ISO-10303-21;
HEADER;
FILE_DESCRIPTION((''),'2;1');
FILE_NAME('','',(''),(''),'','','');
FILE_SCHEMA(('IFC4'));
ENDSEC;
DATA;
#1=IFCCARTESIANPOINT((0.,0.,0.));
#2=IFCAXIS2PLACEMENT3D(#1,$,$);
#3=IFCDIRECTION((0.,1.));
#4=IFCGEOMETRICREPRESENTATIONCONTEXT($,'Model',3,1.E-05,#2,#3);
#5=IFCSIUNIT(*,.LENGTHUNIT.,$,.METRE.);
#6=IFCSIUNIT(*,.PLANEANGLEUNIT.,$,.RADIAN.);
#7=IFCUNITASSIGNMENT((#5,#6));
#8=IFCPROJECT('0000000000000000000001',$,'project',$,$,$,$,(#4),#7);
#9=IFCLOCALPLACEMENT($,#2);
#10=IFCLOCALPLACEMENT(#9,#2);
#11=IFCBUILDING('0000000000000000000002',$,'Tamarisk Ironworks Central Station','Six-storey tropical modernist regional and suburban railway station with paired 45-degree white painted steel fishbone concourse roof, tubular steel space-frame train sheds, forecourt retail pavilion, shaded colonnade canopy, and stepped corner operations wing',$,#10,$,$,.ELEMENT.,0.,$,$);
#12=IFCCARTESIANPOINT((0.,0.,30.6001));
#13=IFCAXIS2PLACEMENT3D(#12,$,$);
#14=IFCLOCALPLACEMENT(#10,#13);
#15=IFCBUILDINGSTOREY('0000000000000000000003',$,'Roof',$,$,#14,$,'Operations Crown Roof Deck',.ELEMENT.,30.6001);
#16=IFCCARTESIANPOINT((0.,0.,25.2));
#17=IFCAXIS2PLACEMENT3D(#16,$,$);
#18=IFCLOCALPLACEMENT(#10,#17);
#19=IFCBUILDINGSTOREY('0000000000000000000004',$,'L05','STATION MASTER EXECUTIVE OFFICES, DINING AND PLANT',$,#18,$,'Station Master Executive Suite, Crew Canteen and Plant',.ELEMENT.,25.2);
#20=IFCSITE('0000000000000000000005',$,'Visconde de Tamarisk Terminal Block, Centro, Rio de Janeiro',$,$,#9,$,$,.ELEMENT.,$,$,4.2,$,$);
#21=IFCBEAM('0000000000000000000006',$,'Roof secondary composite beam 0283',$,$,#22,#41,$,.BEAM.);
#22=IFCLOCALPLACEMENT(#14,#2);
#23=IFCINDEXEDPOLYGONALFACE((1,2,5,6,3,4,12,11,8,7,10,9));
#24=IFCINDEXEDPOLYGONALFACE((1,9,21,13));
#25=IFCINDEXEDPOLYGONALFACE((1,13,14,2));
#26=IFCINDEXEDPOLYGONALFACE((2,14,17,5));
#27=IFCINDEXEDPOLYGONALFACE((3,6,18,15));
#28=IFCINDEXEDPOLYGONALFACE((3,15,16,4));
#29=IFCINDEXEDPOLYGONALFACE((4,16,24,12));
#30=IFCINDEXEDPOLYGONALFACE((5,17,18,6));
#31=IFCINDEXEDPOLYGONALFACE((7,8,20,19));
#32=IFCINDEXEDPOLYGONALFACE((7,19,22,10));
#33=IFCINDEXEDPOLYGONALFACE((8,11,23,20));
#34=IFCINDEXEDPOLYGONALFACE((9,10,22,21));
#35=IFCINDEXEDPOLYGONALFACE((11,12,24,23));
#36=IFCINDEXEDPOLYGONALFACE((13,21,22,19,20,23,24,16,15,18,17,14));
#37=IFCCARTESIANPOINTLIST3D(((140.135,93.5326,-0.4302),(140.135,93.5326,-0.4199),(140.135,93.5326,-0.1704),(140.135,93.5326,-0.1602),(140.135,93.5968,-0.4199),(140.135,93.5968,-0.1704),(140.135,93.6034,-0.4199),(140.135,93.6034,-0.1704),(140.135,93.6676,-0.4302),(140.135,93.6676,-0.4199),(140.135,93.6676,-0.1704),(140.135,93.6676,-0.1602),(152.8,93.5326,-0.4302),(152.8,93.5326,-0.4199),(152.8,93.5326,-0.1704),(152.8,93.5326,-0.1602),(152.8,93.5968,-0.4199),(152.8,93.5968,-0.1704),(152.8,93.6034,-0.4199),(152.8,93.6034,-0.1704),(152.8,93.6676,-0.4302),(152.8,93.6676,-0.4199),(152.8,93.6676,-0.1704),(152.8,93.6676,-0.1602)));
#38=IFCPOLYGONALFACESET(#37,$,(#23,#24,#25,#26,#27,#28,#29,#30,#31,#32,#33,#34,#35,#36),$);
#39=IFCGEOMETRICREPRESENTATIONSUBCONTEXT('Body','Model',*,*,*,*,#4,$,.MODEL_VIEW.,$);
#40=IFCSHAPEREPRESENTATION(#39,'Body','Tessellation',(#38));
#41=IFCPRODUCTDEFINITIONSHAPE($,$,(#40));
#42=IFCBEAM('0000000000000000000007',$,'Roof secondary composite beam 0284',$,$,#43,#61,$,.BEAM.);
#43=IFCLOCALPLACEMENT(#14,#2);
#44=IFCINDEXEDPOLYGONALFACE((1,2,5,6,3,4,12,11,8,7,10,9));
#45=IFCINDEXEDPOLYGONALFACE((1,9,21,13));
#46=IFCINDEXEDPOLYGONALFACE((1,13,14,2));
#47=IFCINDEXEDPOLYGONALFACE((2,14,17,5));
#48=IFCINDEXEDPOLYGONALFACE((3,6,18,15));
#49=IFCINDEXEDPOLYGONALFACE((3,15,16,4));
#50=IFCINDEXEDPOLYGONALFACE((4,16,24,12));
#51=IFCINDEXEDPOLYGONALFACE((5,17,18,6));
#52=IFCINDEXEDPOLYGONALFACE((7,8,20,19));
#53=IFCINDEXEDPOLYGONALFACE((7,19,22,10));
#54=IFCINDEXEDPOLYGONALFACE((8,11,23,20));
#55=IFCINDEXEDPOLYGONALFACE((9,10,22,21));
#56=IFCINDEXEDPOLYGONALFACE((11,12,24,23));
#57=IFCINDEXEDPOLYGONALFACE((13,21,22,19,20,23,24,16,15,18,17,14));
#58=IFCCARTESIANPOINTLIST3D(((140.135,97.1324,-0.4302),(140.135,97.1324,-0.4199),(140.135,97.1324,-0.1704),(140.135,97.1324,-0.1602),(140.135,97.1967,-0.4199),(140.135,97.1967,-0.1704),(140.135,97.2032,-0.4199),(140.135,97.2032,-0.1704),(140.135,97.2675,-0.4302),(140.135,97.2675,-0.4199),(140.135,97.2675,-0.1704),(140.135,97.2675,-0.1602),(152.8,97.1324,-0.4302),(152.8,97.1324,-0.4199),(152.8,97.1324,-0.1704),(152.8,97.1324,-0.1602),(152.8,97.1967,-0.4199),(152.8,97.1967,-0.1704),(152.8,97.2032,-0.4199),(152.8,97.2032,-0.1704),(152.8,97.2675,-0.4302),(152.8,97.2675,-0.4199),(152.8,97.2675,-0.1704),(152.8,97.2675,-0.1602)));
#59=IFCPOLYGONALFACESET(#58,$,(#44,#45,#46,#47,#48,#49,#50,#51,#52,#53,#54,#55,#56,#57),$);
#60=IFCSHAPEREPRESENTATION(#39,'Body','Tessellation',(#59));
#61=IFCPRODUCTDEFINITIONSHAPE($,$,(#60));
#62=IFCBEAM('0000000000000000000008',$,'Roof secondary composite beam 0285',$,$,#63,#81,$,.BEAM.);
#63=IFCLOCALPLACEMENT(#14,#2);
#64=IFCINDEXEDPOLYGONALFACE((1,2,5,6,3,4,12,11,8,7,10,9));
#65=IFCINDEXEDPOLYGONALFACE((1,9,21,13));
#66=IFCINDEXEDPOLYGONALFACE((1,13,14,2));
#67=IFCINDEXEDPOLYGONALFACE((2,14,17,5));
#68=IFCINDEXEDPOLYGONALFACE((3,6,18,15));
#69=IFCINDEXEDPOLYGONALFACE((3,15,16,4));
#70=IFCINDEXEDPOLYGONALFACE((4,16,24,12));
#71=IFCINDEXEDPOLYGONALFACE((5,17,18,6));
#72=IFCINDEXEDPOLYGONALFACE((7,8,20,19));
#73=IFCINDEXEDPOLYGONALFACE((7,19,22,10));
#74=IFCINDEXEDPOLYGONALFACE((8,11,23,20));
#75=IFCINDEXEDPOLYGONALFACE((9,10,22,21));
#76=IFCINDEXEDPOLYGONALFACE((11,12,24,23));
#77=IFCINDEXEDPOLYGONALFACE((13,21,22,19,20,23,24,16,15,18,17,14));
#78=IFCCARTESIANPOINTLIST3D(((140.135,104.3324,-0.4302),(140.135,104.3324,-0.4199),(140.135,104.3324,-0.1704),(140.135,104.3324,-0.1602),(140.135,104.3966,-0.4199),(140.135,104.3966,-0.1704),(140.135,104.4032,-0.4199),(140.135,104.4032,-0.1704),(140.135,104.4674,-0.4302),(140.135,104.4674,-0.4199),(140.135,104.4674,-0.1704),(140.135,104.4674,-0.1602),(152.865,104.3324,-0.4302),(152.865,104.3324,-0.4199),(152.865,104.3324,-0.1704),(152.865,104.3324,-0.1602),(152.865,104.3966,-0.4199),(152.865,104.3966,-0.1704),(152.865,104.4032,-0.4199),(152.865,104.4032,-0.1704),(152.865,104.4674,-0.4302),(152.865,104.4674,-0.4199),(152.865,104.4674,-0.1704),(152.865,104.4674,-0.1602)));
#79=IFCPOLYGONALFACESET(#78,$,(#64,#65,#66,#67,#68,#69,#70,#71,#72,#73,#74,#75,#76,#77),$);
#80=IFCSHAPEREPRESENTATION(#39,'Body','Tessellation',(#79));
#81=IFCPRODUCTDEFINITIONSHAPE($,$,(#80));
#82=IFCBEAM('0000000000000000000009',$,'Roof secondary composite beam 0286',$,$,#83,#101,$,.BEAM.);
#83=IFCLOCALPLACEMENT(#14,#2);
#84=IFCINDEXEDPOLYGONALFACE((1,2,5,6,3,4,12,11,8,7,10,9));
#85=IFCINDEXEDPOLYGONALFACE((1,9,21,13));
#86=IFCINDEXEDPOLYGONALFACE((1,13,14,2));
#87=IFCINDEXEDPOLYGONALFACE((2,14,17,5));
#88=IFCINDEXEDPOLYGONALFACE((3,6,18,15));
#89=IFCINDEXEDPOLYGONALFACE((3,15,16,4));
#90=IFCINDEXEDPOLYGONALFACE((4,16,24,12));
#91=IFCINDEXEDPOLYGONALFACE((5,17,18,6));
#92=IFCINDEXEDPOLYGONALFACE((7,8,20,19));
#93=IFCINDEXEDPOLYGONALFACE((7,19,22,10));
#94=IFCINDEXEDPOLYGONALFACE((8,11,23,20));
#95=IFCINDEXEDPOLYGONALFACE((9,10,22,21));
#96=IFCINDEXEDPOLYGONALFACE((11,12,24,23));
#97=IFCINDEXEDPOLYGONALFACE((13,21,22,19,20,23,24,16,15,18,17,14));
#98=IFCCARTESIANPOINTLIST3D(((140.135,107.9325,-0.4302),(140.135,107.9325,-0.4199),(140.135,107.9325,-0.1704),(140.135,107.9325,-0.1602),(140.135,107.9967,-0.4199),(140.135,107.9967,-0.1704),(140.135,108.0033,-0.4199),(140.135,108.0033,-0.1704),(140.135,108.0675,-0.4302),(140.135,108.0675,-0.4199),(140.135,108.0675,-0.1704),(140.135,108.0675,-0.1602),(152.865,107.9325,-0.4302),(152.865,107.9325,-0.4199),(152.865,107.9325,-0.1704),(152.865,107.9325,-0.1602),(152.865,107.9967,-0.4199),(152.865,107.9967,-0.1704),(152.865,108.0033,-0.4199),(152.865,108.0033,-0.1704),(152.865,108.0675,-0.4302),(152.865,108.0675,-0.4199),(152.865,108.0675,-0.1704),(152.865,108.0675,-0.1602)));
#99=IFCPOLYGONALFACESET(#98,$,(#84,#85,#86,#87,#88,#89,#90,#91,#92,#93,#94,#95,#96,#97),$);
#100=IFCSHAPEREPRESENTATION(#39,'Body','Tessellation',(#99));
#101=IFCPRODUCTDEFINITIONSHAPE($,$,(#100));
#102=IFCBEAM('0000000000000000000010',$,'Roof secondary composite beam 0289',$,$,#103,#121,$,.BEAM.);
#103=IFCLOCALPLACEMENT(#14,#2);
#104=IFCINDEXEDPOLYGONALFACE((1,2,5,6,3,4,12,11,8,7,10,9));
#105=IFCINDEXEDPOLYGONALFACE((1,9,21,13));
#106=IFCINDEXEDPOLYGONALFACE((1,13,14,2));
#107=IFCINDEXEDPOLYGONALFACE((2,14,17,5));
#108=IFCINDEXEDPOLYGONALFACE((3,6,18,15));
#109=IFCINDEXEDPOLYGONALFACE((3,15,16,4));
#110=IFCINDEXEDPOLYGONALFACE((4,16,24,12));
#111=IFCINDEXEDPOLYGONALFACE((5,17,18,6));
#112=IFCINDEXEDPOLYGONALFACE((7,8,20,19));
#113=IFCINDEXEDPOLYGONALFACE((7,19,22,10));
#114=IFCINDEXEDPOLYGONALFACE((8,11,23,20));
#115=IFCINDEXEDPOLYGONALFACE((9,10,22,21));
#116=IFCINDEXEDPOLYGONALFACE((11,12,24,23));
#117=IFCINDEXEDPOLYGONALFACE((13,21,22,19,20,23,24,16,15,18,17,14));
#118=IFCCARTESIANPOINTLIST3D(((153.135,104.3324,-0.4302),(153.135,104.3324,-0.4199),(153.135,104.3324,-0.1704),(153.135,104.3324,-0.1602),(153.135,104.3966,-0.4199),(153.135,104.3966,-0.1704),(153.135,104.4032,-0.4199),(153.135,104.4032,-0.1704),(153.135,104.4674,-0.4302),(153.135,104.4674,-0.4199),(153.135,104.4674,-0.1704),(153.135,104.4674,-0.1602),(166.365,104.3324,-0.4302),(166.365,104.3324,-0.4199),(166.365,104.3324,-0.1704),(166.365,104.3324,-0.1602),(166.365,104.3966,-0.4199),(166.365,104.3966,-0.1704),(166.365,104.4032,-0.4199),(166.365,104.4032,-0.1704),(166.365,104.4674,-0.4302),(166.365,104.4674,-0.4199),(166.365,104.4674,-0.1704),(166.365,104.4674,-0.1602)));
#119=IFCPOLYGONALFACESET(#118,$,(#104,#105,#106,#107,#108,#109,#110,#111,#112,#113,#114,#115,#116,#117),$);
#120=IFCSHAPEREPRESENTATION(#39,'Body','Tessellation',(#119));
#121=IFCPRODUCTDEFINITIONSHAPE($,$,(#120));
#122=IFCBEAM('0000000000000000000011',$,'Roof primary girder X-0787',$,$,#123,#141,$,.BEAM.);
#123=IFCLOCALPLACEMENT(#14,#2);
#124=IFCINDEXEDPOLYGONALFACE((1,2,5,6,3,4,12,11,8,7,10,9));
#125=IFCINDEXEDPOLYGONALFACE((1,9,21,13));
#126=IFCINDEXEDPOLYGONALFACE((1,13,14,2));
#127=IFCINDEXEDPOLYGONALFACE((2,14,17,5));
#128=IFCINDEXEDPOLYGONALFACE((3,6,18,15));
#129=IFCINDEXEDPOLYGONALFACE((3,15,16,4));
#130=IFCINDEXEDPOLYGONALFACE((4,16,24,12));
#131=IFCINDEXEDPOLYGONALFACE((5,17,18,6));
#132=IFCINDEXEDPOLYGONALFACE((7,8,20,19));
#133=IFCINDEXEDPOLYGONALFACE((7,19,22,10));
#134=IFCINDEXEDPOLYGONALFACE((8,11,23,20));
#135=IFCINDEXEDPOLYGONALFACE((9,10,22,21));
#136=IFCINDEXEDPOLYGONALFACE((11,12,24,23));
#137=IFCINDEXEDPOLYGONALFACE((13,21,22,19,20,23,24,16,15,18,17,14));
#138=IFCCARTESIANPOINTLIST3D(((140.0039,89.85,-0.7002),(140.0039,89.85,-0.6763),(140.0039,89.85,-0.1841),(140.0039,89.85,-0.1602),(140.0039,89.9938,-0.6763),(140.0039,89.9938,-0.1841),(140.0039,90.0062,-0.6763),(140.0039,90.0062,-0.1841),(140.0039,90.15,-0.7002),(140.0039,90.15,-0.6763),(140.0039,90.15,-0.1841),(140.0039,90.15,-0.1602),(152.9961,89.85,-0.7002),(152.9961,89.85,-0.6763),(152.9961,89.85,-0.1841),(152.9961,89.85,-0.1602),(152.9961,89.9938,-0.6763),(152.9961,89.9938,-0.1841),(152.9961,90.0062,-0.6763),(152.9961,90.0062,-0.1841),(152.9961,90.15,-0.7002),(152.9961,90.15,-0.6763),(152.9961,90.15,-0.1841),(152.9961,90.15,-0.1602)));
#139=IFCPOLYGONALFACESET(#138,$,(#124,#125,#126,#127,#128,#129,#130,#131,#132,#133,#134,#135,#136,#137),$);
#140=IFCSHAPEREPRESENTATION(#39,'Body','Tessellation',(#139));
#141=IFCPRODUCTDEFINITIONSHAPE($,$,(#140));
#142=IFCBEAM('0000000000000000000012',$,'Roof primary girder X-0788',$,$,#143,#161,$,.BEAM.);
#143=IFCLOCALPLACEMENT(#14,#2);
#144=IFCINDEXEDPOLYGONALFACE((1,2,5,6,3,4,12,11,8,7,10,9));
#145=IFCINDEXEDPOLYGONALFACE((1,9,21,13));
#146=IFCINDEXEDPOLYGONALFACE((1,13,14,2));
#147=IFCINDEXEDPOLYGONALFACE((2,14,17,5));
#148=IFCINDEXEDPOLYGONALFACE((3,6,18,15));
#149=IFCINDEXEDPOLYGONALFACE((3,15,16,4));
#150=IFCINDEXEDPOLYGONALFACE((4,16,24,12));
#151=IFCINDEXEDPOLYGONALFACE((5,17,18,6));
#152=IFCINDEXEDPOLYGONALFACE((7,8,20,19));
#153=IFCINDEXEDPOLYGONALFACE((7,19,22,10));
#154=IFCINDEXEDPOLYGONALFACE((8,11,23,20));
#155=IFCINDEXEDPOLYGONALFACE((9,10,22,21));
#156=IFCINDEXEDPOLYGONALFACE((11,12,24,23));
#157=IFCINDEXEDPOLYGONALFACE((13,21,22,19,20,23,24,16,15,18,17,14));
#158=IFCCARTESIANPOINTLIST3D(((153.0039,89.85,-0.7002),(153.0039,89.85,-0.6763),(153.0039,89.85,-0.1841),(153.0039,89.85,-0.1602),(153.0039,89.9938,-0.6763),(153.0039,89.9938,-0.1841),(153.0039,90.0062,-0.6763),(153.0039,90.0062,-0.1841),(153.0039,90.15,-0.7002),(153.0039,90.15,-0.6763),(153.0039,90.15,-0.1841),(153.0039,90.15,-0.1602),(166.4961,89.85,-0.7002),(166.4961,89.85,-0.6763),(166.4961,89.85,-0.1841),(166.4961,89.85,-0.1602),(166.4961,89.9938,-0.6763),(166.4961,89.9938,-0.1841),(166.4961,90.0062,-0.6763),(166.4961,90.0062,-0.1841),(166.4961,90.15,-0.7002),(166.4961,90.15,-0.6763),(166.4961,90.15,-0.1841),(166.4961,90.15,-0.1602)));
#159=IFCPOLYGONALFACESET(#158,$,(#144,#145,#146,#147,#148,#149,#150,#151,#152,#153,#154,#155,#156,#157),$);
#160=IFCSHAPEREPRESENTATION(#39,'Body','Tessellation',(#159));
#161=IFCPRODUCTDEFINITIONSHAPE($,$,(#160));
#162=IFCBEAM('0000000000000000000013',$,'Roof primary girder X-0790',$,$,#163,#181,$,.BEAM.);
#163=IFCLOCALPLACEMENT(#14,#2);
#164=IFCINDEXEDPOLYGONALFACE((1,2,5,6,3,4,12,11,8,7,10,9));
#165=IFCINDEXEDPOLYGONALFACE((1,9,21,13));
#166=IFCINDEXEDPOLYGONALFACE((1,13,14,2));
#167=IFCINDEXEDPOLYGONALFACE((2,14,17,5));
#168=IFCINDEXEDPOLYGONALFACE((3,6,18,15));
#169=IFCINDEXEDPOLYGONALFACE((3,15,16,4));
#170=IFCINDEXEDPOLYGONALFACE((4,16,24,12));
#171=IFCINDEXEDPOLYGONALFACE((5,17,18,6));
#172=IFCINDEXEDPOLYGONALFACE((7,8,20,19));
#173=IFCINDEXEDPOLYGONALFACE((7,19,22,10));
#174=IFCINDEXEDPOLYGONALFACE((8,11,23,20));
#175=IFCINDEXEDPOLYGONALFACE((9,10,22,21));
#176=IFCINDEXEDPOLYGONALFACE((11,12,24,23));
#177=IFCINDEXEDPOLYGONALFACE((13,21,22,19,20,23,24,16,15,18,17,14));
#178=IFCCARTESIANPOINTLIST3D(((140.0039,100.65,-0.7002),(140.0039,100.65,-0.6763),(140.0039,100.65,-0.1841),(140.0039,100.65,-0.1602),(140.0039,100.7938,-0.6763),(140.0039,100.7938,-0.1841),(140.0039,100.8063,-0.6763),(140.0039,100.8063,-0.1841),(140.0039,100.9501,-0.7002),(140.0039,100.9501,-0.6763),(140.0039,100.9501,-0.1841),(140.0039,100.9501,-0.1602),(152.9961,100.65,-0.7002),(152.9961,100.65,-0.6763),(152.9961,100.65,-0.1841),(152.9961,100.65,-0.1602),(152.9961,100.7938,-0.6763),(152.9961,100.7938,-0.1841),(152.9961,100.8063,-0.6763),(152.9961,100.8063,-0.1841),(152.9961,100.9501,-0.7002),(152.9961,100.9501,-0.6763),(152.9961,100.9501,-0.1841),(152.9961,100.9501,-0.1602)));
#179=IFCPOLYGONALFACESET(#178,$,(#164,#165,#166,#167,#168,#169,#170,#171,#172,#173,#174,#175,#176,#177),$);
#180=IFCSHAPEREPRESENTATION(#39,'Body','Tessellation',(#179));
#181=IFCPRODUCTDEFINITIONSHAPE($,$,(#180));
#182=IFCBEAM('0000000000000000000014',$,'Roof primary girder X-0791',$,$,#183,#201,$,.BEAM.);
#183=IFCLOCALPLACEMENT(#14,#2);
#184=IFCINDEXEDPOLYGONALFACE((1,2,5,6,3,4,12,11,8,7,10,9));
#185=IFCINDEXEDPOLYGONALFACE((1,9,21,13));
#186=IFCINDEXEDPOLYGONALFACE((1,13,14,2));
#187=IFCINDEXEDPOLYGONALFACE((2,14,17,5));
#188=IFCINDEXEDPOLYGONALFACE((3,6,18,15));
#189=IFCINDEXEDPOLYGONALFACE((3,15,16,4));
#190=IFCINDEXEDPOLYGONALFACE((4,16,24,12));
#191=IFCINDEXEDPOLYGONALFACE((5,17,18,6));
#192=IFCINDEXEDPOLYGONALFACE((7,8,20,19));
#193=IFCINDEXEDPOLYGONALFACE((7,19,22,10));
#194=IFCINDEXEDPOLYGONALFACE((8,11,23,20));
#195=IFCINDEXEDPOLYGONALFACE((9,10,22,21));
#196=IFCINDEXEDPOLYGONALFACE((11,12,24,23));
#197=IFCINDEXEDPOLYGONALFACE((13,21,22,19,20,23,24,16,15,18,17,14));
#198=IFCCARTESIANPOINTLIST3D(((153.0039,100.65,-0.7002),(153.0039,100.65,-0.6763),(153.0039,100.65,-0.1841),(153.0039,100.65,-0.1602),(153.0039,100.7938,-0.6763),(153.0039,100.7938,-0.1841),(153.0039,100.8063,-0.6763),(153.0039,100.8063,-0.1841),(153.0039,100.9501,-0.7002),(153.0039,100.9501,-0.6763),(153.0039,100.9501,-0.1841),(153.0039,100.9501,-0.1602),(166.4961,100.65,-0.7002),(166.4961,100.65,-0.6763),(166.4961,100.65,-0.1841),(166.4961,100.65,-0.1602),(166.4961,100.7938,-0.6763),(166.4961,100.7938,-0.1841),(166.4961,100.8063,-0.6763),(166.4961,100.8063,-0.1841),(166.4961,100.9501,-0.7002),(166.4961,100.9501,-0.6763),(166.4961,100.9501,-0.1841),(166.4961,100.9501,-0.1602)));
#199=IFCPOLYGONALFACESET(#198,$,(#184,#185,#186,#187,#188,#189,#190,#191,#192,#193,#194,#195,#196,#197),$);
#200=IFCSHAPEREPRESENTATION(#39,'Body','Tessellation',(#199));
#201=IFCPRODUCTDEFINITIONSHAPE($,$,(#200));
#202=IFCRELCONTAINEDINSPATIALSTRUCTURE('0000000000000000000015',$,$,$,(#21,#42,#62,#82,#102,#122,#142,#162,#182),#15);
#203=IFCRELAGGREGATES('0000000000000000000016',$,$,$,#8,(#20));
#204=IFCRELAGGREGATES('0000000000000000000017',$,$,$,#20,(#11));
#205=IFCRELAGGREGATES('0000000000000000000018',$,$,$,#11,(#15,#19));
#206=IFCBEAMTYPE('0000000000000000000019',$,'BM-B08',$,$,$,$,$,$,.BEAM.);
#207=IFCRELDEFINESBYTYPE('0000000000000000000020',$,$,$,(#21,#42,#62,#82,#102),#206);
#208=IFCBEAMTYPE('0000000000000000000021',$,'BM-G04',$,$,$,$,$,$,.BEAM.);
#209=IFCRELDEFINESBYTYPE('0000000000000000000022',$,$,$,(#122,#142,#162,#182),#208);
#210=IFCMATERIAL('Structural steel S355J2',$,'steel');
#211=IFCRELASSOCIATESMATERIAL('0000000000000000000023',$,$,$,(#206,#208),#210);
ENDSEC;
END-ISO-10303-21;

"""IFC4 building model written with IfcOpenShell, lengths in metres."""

from ifc_helpers import new_model, si_unit, direction, frame, origin, origin_2d, place, context, subcontext, project, spatial, i_section, extrude, material, material_profile, profile_set, type_object, element, save


model = new_model("IFC4")

# Units and contexts
model_context = context("Model", 3, precision=1e-05, world=origin(), true_north=direction((0.0, 1.0)))
body_context = subcontext(model_context, "Body", "Model", "MODEL_VIEW")
ifc_project = project(units=[si_unit("LENGTHUNIT", "METRE"), si_unit("PLANEANGLEUNIT", "RADIAN")], contexts=[model_context])

# Site, building, storey
site_placement = place(None, origin())
site = spatial("IfcSite", under=ifc_project, at=site_placement, Name="Visconde de Tamarisk Terminal Block, Centro, Rio de Janeiro", CompositionType="ELEMENT", RefElevation=4.2)
building_placement = place(site_placement, origin())
building = spatial("IfcBuilding", under=site, at=building_placement, Name="Tamarisk Ironworks Central Station", Description="Six-storey tropical modernist regional and suburban railway station with paired 45-degree white painted steel fishbone concourse roof, tubular steel space-frame train sheds, forecourt retail pavilion, shaded colonnade canopy, and stepped corner operations wing", CompositionType="ELEMENT", ElevationOfRefHeight=0.0)
storey_1_placement = place(building_placement, frame((0.0, 0.0, 30.6001)))
storey_1 = spatial("IfcBuildingStorey", under=building, at=storey_1_placement, Name="Roof", LongName="Operations Crown Roof Deck", CompositionType="ELEMENT", Elevation=30.6001)

# Beams
ifc_material_1 = material(Name="Structural steel S355J2", Category="steel")
ifc_material_profile_1 = material_profile(ifc_material_1, i_section(OverallWidth=0.135, OverallDepth=0.27, WebThickness=0.0066, FlangeThickness=0.0103, at=origin_2d()), Name="IPE 270")
ifc_profile_set_1 = profile_set([ifc_material_profile_1], Name="Structural steel S355J2")
beam_type_1 = type_object("IfcBeamType", Name="BM-B08", PredefinedType="BEAM", material=ifc_profile_set_1)
for number, where, z_axis, x_axis, name in (
    (1, (140.135, 93.6001, -0.2952), (1.0, 0.0, 0.0), (0.0, 1.0, 0.0), "Roof secondary composite beam 0283"),
    (2, (140.135, 97.2, -0.2952), (1.0, 0.0, 0.0), (0.0, 1.0, 0.0), "Roof secondary composite beam 0284"),
):
    element("IfcBeam", number, at=place(storey_1_placement, frame(where, z_axis=z_axis, x_axis=x_axis)), inside=storey_1, type_object=beam_type_1, Name=name, PredefinedType="BEAM", context=body_context, shape_type="SweptSolid", body=[
        extrude(i_section(OverallWidth=0.135, OverallDepth=0.27, WebThickness=0.0066, FlangeThickness=0.0103, at=origin_2d()), origin(), (0.0, 0.0, 1.0), 12.665),
    ])
for number, where, z_axis, x_axis, name in (
    (3, (140.135, 104.3999, -0.2952), (1.0, 0.0, 0.0), (0.0, 1.0, 0.0), "Roof secondary composite beam 0285"),
    (4, (140.135, 108.0, -0.2952), (1.0, 0.0, 0.0), (0.0, 1.0, 0.0), "Roof secondary composite beam 0286"),
):
    element("IfcBeam", number, at=place(storey_1_placement, frame(where, z_axis=z_axis, x_axis=x_axis)), inside=storey_1, type_object=beam_type_1, Name=name, PredefinedType="BEAM", context=body_context, shape_type="SweptSolid", body=[
        extrude(i_section(OverallWidth=0.135, OverallDepth=0.27, WebThickness=0.0066, FlangeThickness=0.0103, at=origin_2d()), origin(), (0.0, 0.0, 1.0), 12.73),
    ])
beam_1_placement = place(storey_1_placement, frame((153.135, 104.3999, -0.2952), z_axis=(1.0, 0.0, 0.0), x_axis=(0.0, 1.0, 0.0)))
element("IfcBeam", 5, at=beam_1_placement, inside=storey_1, type_object=beam_type_1, Name="Roof secondary composite beam 0289", PredefinedType="BEAM", context=body_context, shape_type="SweptSolid", body=[
    extrude(i_section(OverallWidth=0.135, OverallDepth=0.27, WebThickness=0.0066, FlangeThickness=0.0103, at=origin_2d()), origin(), (0.0, 0.0, 1.0), 13.23),
])
ifc_material_profile_2 = material_profile(ifc_material_1, i_section(OverallWidth=0.3, OverallDepth=0.54, WebThickness=0.0125, FlangeThickness=0.0239, at=origin_2d()), Name="HEA 550")
ifc_profile_set_2 = profile_set([ifc_material_profile_2], Name="Structural steel S355J2")
beam_type_2 = type_object("IfcBeamType", Name="BM-G04", PredefinedType="BEAM", material=ifc_profile_set_2)
beam_2_placement = place(storey_1_placement, frame((140.0039, 90.0, -0.4302), z_axis=(1.0, 0.0, 0.0), x_axis=(0.0, 1.0, 0.0)))
element("IfcBeam", 6, at=beam_2_placement, inside=storey_1, type_object=beam_type_2, Name="Roof primary girder X-0787", PredefinedType="BEAM", context=body_context, shape_type="SweptSolid", body=[
    extrude(i_section(OverallWidth=0.3, OverallDepth=0.54, WebThickness=0.0125, FlangeThickness=0.0239, at=origin_2d()), origin(), (0.0, 0.0, 1.0), 12.9922),
])
beam_3_placement = place(storey_1_placement, frame((153.0039, 90.0, -0.4302), z_axis=(1.0, 0.0, 0.0), x_axis=(0.0, 1.0, 0.0)))
element("IfcBeam", 7, at=beam_3_placement, inside=storey_1, type_object=beam_type_2, Name="Roof primary girder X-0788", PredefinedType="BEAM", context=body_context, shape_type="SweptSolid", body=[
    extrude(i_section(OverallWidth=0.3, OverallDepth=0.54, WebThickness=0.0125, FlangeThickness=0.0239, at=origin_2d()), origin(), (0.0, 0.0, 1.0), 13.4922),
])
beam_4_placement = place(storey_1_placement, frame((140.0039, 100.8, -0.4302), z_axis=(1.0, 0.0, 0.0), x_axis=(0.0, 1.0, 0.0)))
element("IfcBeam", 8, at=beam_4_placement, inside=storey_1, type_object=beam_type_2, Name="Roof primary girder X-0790", PredefinedType="BEAM", context=body_context, shape_type="SweptSolid", body=[
    extrude(i_section(OverallWidth=0.3, OverallDepth=0.54, WebThickness=0.0125, FlangeThickness=0.0239, at=origin_2d()), origin(), (0.0, 0.0, 1.0), 12.9922),
])
beam_5_placement = place(storey_1_placement, frame((153.0039, 100.8, -0.4302), z_axis=(1.0, 0.0, 0.0), x_axis=(0.0, 1.0, 0.0)))
element("IfcBeam", 9, at=beam_5_placement, inside=storey_1, type_object=beam_type_2, Name="Roof primary girder X-0791", PredefinedType="BEAM", context=body_context, shape_type="SweptSolid", body=[
    extrude(i_section(OverallWidth=0.3, OverallDepth=0.54, WebThickness=0.0125, FlangeThickness=0.0239, at=origin_2d()), origin(), (0.0, 0.0, 1.0), 13.4922),
])

# Shared definitions
storey_2_placement = place(building_placement, frame((0.0, 0.0, 25.2)))
storey_2 = spatial("IfcBuildingStorey", under=building, at=storey_2_placement, Name="L05", Description="STATION MASTER EXECUTIVE OFFICES, DINING AND PLANT", LongName="Station Master Executive Suite, Crew Canteen and Plant", CompositionType="ELEMENT", Elevation=25.2)

save(model, "model.ifc")
